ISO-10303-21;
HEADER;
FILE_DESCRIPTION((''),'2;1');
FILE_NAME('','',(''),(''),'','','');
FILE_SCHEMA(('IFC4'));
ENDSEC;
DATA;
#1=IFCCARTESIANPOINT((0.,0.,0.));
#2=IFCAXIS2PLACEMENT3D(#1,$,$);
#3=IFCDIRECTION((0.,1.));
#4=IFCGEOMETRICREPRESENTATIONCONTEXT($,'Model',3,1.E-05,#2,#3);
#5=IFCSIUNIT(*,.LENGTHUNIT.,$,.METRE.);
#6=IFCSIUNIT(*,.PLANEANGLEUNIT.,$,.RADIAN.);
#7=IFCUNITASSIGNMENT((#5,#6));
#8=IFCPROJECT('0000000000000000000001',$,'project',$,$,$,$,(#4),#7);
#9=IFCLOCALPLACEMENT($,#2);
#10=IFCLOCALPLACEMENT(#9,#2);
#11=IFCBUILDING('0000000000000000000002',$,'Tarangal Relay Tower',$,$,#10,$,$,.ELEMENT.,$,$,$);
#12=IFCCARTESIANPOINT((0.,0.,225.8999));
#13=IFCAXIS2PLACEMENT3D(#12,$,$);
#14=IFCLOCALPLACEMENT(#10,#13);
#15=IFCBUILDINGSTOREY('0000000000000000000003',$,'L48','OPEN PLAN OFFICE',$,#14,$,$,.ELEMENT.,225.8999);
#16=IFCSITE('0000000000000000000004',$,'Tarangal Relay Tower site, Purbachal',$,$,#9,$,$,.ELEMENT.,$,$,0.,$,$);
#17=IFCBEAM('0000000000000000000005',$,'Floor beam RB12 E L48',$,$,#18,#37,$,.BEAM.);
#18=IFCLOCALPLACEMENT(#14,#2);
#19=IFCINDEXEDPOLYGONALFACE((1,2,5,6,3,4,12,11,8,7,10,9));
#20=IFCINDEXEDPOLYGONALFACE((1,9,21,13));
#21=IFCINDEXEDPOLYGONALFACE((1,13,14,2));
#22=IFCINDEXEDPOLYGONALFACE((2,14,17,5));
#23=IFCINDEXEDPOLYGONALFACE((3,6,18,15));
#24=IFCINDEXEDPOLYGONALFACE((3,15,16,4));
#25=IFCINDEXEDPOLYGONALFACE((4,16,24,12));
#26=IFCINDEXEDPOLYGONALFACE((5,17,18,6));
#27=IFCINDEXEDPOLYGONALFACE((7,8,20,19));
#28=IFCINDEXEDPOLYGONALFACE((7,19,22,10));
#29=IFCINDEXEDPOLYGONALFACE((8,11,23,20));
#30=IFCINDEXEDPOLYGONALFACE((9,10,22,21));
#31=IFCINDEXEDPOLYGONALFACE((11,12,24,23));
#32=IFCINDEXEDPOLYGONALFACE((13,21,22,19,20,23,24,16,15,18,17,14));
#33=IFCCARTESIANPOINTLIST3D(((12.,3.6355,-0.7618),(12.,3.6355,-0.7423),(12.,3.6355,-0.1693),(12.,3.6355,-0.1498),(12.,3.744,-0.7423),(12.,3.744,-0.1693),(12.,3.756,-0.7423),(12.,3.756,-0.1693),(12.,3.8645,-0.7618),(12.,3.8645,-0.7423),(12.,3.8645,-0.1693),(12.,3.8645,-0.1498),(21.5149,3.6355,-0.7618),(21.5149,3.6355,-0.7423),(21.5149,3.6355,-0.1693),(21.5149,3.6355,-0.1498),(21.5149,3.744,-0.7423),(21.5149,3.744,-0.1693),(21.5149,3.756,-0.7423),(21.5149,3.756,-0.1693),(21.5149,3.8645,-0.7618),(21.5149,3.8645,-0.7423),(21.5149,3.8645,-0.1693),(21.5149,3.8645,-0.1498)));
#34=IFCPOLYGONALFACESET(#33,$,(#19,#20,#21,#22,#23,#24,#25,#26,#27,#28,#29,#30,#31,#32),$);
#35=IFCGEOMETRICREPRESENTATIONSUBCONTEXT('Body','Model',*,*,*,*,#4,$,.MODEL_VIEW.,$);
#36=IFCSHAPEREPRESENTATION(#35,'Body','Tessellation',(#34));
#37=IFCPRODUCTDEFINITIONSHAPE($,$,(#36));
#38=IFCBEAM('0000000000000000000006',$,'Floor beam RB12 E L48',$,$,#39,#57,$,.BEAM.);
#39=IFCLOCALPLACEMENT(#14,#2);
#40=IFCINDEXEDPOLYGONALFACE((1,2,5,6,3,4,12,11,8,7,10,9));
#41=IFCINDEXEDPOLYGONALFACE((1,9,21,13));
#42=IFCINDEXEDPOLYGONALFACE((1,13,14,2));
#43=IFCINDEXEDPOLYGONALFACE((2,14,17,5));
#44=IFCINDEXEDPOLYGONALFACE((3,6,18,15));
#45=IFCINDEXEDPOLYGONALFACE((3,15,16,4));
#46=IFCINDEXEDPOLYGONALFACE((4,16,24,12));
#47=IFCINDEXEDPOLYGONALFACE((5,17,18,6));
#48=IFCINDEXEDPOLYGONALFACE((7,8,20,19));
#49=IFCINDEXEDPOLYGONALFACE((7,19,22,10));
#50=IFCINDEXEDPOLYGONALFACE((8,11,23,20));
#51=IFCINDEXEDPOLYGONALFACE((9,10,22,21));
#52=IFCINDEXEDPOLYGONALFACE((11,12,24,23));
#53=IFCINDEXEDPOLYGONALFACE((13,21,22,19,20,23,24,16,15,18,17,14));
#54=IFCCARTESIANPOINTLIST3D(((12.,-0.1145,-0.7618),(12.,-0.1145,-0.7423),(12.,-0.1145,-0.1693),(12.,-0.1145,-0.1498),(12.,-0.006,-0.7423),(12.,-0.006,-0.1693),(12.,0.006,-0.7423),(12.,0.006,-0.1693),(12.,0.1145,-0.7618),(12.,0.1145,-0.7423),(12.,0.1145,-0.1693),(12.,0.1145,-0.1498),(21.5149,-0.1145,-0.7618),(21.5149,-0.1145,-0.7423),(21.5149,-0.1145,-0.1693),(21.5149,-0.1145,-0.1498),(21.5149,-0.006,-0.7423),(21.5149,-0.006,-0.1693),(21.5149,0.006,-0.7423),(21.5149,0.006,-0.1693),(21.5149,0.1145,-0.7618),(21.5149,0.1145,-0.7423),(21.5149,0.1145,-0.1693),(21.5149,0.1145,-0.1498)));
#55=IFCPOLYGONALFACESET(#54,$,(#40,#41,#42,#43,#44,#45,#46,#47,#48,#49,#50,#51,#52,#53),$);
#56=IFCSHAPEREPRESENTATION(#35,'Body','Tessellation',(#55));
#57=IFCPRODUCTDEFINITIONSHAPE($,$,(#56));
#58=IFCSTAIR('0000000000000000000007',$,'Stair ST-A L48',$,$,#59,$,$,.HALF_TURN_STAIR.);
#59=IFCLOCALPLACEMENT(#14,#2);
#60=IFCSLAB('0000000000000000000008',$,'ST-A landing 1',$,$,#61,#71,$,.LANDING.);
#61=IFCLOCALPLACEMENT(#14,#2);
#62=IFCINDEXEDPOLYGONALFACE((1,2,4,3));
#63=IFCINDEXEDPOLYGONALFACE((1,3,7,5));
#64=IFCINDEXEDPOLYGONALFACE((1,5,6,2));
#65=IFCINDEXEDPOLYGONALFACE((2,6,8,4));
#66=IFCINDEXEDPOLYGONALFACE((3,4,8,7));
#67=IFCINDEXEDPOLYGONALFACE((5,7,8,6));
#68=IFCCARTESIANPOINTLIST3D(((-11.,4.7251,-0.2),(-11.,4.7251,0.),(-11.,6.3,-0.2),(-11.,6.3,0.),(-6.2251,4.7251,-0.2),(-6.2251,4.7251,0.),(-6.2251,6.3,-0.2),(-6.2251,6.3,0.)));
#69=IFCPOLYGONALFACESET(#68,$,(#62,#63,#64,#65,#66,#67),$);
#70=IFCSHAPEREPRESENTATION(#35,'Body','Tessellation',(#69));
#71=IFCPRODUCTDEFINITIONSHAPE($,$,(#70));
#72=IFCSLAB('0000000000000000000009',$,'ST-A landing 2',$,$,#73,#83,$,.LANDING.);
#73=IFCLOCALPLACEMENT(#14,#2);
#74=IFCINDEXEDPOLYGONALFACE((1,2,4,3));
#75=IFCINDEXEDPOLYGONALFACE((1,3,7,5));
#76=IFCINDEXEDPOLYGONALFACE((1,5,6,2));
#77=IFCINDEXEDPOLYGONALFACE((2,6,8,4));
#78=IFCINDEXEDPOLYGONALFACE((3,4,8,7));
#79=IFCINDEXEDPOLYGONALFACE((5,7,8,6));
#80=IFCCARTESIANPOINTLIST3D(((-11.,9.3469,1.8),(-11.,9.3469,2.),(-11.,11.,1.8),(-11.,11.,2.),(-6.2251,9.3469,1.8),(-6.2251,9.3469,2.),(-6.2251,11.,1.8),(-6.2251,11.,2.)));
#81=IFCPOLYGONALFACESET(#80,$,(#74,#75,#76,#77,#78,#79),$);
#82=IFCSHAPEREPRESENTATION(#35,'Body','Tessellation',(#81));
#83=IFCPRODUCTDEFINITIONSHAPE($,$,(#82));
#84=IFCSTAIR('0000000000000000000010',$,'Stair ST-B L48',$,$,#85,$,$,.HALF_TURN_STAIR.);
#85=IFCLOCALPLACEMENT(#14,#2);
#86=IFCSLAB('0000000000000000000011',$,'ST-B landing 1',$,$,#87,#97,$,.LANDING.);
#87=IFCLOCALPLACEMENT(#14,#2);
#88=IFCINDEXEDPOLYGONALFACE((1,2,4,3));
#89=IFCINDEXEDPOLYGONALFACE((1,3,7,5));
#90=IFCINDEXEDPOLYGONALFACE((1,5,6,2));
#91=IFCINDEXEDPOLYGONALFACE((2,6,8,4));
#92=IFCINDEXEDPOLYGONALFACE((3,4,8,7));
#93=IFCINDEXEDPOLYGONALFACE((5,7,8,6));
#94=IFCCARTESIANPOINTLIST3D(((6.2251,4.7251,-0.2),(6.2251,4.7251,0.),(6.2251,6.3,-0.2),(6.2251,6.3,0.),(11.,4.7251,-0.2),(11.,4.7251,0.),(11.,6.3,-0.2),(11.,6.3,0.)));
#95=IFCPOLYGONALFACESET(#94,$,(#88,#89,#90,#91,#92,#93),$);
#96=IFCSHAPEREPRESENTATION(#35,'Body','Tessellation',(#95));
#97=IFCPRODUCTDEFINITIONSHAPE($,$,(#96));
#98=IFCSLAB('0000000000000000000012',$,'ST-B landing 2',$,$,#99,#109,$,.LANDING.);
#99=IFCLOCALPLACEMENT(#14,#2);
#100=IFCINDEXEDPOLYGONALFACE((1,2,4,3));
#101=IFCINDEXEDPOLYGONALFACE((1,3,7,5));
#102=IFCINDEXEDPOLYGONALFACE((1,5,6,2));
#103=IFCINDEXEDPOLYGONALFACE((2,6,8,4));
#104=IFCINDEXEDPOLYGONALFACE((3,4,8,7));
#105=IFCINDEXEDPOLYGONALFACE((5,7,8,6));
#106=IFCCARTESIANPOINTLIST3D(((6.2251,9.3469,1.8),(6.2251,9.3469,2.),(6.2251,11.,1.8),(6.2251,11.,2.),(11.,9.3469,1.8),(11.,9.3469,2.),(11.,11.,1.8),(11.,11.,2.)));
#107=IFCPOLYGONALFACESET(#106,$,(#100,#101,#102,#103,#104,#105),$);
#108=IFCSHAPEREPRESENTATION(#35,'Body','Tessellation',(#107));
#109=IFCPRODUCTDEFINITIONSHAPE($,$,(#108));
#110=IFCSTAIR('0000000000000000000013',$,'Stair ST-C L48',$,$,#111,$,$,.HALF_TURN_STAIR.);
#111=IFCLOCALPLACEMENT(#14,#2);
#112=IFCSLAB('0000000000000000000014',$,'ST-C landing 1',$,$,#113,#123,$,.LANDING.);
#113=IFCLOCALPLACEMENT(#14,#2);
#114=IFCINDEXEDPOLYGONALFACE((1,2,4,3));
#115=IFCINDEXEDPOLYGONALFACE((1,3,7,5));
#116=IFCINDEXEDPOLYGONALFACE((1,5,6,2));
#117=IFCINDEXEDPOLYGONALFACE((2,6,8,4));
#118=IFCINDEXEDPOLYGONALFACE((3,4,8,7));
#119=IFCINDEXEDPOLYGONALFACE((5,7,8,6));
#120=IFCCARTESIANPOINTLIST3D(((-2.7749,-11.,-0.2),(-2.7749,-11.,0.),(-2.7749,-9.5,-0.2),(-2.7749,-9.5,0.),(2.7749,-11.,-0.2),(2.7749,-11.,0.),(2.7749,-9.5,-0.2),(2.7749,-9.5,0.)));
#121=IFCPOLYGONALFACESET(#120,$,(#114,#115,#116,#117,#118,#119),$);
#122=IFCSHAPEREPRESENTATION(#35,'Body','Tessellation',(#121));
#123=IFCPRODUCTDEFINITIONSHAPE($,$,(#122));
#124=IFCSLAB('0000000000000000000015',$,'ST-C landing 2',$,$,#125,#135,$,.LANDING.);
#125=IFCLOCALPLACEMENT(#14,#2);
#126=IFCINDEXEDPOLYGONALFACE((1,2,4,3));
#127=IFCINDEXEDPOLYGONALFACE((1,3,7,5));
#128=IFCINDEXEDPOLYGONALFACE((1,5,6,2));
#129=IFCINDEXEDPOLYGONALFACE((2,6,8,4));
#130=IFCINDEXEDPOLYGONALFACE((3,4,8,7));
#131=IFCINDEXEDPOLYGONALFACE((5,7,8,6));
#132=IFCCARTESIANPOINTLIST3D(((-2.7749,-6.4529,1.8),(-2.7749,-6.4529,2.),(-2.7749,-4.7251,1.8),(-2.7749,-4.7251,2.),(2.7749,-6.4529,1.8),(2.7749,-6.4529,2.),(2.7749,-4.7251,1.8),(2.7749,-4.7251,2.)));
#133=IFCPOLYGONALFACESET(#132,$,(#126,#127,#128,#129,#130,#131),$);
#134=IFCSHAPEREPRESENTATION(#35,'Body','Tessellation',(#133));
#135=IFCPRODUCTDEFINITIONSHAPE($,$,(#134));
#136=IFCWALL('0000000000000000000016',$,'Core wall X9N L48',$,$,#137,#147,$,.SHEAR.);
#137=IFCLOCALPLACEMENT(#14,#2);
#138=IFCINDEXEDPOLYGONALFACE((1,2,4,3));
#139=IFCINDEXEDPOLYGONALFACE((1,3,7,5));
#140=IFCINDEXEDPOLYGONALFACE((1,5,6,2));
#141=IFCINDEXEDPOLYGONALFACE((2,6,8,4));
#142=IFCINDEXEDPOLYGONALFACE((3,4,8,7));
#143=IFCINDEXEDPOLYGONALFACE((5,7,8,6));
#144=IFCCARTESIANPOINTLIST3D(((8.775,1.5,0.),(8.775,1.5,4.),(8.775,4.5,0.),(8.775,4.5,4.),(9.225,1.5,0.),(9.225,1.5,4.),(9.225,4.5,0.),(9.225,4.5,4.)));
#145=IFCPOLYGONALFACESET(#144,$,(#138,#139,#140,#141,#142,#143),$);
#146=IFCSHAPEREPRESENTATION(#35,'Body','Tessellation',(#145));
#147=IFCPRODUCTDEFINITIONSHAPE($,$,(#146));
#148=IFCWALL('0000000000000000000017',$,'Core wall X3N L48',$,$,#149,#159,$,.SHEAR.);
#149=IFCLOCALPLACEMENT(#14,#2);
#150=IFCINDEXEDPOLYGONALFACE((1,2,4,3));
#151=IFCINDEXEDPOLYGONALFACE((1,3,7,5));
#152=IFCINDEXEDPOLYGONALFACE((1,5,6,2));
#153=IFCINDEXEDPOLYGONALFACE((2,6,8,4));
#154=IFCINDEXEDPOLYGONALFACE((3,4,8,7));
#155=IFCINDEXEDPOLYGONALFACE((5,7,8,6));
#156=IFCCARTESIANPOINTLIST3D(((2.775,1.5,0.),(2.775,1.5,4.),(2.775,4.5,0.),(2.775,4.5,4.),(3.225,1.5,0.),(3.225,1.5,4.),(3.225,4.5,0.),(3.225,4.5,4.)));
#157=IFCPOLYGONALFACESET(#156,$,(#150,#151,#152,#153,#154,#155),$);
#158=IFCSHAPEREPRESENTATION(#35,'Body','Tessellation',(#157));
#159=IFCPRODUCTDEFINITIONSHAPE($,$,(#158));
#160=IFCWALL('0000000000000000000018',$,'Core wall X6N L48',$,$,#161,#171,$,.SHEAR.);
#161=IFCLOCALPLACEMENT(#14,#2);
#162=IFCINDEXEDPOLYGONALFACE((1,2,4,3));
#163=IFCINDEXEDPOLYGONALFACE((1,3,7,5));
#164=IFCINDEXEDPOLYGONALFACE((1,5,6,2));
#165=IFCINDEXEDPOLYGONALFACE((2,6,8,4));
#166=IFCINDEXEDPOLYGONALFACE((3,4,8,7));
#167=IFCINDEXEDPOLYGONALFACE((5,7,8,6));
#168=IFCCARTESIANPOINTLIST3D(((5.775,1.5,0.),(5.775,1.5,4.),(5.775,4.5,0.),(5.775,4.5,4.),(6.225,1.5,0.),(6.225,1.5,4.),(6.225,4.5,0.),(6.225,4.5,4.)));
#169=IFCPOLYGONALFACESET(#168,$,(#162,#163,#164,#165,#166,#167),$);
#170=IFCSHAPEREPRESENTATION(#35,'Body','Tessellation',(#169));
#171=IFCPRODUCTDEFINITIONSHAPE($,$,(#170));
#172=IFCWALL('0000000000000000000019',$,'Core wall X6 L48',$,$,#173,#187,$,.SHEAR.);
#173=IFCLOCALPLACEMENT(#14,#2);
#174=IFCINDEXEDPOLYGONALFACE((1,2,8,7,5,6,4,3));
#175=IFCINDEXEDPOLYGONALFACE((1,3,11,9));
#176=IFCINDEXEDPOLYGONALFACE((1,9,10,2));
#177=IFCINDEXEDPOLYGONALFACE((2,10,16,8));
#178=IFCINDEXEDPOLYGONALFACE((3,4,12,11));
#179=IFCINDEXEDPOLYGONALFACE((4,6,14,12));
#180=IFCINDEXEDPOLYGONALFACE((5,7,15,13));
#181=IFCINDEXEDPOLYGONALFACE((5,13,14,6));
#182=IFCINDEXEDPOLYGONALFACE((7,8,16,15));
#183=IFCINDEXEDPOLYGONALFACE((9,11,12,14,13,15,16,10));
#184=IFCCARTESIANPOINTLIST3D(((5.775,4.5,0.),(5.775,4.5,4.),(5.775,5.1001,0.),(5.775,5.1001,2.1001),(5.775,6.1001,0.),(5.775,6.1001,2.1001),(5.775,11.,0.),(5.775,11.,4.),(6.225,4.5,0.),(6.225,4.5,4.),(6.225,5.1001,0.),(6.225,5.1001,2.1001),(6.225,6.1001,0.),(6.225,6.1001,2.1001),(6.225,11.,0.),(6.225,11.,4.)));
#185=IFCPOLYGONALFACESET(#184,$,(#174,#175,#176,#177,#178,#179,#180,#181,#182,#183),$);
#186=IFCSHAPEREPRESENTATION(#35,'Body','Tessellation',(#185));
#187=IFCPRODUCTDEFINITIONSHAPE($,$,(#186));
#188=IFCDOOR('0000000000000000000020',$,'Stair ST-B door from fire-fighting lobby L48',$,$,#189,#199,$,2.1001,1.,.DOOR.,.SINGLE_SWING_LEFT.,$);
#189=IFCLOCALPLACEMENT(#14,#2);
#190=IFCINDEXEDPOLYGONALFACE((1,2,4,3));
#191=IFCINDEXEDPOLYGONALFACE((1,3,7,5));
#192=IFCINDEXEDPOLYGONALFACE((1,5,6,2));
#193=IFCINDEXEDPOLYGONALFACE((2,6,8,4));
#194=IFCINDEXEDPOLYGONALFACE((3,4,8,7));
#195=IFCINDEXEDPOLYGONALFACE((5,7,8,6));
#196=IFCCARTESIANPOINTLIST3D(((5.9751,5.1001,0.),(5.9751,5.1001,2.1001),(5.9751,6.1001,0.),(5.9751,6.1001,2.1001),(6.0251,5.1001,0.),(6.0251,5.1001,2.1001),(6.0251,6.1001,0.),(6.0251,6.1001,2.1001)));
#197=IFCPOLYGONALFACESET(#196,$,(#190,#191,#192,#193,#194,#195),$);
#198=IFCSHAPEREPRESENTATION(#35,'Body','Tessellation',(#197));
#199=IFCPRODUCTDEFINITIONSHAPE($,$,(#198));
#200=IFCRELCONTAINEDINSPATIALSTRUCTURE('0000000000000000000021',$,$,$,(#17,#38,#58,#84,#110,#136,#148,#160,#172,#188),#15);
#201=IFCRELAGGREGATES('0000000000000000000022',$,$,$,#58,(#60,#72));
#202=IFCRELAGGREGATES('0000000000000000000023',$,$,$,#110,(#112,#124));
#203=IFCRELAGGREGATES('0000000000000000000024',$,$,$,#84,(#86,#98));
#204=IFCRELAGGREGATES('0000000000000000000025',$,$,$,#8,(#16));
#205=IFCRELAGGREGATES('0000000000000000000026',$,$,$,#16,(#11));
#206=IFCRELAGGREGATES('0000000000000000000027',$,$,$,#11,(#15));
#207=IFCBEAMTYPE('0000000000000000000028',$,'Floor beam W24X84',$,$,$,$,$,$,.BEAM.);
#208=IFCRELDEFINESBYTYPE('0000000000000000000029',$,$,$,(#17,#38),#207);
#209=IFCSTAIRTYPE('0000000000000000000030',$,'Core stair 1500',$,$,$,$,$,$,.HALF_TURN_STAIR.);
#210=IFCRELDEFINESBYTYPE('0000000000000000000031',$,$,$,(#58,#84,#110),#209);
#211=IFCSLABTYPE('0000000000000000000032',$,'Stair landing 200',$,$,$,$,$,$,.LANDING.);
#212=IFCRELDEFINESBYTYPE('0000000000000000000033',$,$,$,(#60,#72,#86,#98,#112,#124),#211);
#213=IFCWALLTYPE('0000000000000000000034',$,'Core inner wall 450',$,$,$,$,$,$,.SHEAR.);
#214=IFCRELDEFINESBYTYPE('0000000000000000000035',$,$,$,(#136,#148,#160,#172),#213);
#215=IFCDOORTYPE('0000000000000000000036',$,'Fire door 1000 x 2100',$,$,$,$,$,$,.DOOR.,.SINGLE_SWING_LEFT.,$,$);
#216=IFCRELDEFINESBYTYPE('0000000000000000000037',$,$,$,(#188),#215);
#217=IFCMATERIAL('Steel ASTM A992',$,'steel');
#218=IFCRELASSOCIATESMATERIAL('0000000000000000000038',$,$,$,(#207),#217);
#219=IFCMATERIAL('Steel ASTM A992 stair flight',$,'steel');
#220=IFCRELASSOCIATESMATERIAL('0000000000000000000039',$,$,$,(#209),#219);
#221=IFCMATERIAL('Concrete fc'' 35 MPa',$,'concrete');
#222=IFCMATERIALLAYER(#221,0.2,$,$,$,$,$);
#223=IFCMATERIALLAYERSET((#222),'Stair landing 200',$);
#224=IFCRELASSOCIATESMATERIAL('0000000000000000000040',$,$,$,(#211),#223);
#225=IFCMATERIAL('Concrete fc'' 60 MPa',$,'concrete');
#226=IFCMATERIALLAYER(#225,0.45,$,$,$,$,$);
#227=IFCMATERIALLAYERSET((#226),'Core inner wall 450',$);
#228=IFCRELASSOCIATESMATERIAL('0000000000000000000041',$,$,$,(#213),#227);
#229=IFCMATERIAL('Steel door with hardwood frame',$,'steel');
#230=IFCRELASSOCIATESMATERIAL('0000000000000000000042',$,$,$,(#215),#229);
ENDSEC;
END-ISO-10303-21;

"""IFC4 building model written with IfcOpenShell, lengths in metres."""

from ifc_helpers import new_model, si_unit, direction, frame, frame_2d, origin, origin_2d, place, context, subcontext, project, spatial, polyline, rectangle, i_section, outline, extrude, material, layer, layer_set, material_profile, profile_set, type_object, element, fill, aggregate, save


model = new_model("IFC4")

# Units and contexts
model_context = context("Model", 3, precision=1e-05, world=origin(), true_north=direction((0.0, 1.0)))
body_context = subcontext(model_context, "Body", "Model", "MODEL_VIEW")
ifc_project = project(units=[si_unit("LENGTHUNIT", "METRE"), si_unit("PLANEANGLEUNIT", "RADIAN")], contexts=[model_context])

# Site, building, storey
site_placement = place(None, origin())
site = spatial("IfcSite", under=ifc_project, at=site_placement, Name="Tarangal Relay Tower site, Purbachal", CompositionType="ELEMENT", RefElevation=0.0)
building_placement = place(site_placement, origin())
building = spatial("IfcBuilding", under=site, at=building_placement, Name="Tarangal Relay Tower", CompositionType="ELEMENT")
storey_placement = place(building_placement, frame((0.0, 0.0, 225.8999)))
storey = spatial("IfcBuildingStorey", under=building, at=storey_placement, Name="L48", Description="OPEN PLAN OFFICE", CompositionType="ELEMENT", Elevation=225.8999)

# Beams
ifc_material_1 = material(Name="Steel ASTM A992", Category="steel")
ifc_material_profile = material_profile(ifc_material_1, i_section(OverallWidth=0.229, OverallDepth=0.6121, WebThickness=0.012, FlangeThickness=0.0195, at=origin_2d()), Name="W24X84")
ifc_profile_set = profile_set([ifc_material_profile], Name="Steel ASTM A992")
beam_type = type_object("IfcBeamType", Name="Floor beam W24X84", PredefinedType="BEAM", material=ifc_profile_set)
for number, where, z_axis, x_axis, name in (
    (1, (12.0, 3.75, -0.4558), (1.0, 0.0, 0.0), (0.0, 1.0, 0.0), "Floor beam RB12 E L48"),
    (2, (12.0, 0.0, -0.4558), (1.0, 0.0, 0.0), (0.0, 1.0, 0.0), "Floor beam RB12 E L48"),
):
    element("IfcBeam", number, at=place(storey_placement, frame(where, z_axis=z_axis, x_axis=x_axis)), inside=storey, type_object=beam_type, Name=name, PredefinedType="BEAM", context=body_context, shape_type="SweptSolid", body=[
        extrude(i_section(OverallWidth=0.229, OverallDepth=0.6121, WebThickness=0.012, FlangeThickness=0.0195, at=origin_2d()), origin(), (0.0, 0.0, 1.0), 9.5149),
    ])

# Stairs, slabs
ifc_material_2 = material(Name="Steel ASTM A992 stair flight", Category="steel")
stair_type = type_object("IfcStairType", Name="Core stair 1500", PredefinedType="HALF_TURN_STAIR", material=ifc_material_2)
stair_1_placement = place(storey_placement, origin())
stair_1 = element("IfcStair", 3, at=stair_1_placement, inside=storey, type_object=stair_type, Name="Stair ST-A L48", PredefinedType="HALF_TURN_STAIR")
ifc_material_3 = material(Name="Concrete fc' 35 MPa", Category="concrete")
ifc_layer_1 = layer(ifc_material_3, 0.2)
ifc_layer_set_1 = layer_set([ifc_layer_1], Name="Stair landing 200")
slab_type = type_object("IfcSlabType", Name="Stair landing 200", PredefinedType="LANDING", material=ifc_layer_set_1)
slab_1_placement = place(storey_placement, frame((0.0, 0.0, -0.2)))
slab_1 = element("IfcSlab", 4, at=slab_1_placement, type_object=slab_type, Name="ST-A landing 1", PredefinedType="LANDING", context=body_context, shape_type="SweptSolid", body=[
    extrude(outline(polyline([(-11.0, 4.7251), (-6.2251, 4.7251), (-6.2251, 6.3), (-11.0, 6.3), (-11.0, 4.7251)])), origin(), (0.0, 0.0, 1.0), 0.2),
])
slab_2_placement = place(storey_placement, frame((0.0, 0.0, 1.8)))
slab_2 = element("IfcSlab", 5, at=slab_2_placement, type_object=slab_type, Name="ST-A landing 2", PredefinedType="LANDING", context=body_context, shape_type="SweptSolid", body=[
    extrude(outline(polyline([(-11.0, 9.3469), (-6.2251, 9.3469), (-6.2251, 11.0), (-11.0, 11.0), (-11.0, 9.3469)])), origin(), (0.0, 0.0, 1.0), 0.2),
])
aggregate(stair_1, [slab_1, slab_2])
stair_2_placement = place(storey_placement, origin())
stair_2 = element("IfcStair", 6, at=stair_2_placement, inside=storey, type_object=stair_type, Name="Stair ST-B L48", PredefinedType="HALF_TURN_STAIR")
slab_3_placement = place(storey_placement, frame((0.0, 0.0, -0.2)))
slab_3 = element("IfcSlab", 7, at=slab_3_placement, type_object=slab_type, Name="ST-B landing 1", PredefinedType="LANDING", context=body_context, shape_type="SweptSolid", body=[
    extrude(outline(polyline([(6.2251, 4.7251), (11.0, 4.7251), (11.0, 6.3), (6.2251, 6.3), (6.2251, 4.7251)])), origin(), (0.0, 0.0, 1.0), 0.2),
])
slab_4_placement = place(storey_placement, frame((0.0, 0.0, 1.8)))
slab_4 = element("IfcSlab", 8, at=slab_4_placement, type_object=slab_type, Name="ST-B landing 2", PredefinedType="LANDING", context=body_context, shape_type="SweptSolid", body=[
    extrude(outline(polyline([(6.2251, 9.3469), (11.0, 9.3469), (11.0, 11.0), (6.2251, 11.0), (6.2251, 9.3469)])), origin(), (0.0, 0.0, 1.0), 0.2),
])
stair_3_placement = place(storey_placement, origin())
stair_3 = element("IfcStair", 9, at=stair_3_placement, inside=storey, type_object=stair_type, Name="Stair ST-C L48", PredefinedType="HALF_TURN_STAIR")
slab_5_placement = place(storey_placement, frame((0.0, 0.0, -0.2)))
slab_5 = element("IfcSlab", 10, at=slab_5_placement, type_object=slab_type, Name="ST-C landing 1", PredefinedType="LANDING", context=body_context, shape_type="SweptSolid", body=[
    extrude(outline(polyline([(-2.7749, -11.0), (2.7749, -11.0), (2.7749, -9.5), (-2.7749, -9.5), (-2.7749, -11.0)])), origin(), (0.0, 0.0, 1.0), 0.2),
])
slab_6_placement = place(storey_placement, frame((0.0, 0.0, 1.8)))
slab_6 = element("IfcSlab", 11, at=slab_6_placement, type_object=slab_type, Name="ST-C landing 2", PredefinedType="LANDING", context=body_context, shape_type="SweptSolid", body=[
    extrude(outline(polyline([(-2.7749, -6.4529), (2.7749, -6.4529), (2.7749, -4.7251), (-2.7749, -4.7251), (-2.7749, -6.4529)])), origin(), (0.0, 0.0, 1.0), 0.2),
])
aggregate(stair_3, [slab_5, slab_6])

# Walls
ifc_material_4 = material(Name="Concrete fc' 60 MPa", Category="concrete")
ifc_layer_2 = layer(ifc_material_4, 0.45)
ifc_layer_set_2 = layer_set([ifc_layer_2], Name="Core inner wall 450")
wall_type_1 = type_object("IfcWallType", Name="Core inner wall 450", PredefinedType="SHEAR", material=ifc_layer_set_2)
for number, where, z_axis, x_axis, name in (
    (12, (9.0, 1.5, 0.0), (0.0, 0.0, 1.0), (0.0, 1.0, 0.0), "Core wall X9N L48"),
    (13, (3.0, 1.5, 0.0), (0.0, 0.0, 1.0), (0.0, 1.0, 0.0), "Core wall X3N L48"),
    (14, (6.0, 1.5, 0.0), (0.0, 0.0, 1.0), (0.0, 1.0, 0.0), "Core wall X6N L48"),
):
    element("IfcWall", number, at=place(storey_placement, frame(where, z_axis=z_axis, x_axis=x_axis)), inside=storey, type_object=wall_type_1, Name=name, PredefinedType="SHEAR", context=body_context, shape_type="SweptSolid", body=[
        extrude(rectangle(XDim=3.0, YDim=0.45, at=frame_2d((1.5, 0.0))), origin(), (0.0, 0.0, 1.0), 4.0),
    ])

# Wall, opening, door
wall_1_placement = place(storey_placement, frame((6.0, 4.5, 0.0), z_axis=(0.0, 0.0, 1.0), x_axis=(0.0, 1.0, 0.0)))
wall_1 = element("IfcWall", 15, at=wall_1_placement, inside=storey, type_object=wall_type_1, Name="Core wall X6 L48", PredefinedType="SHEAR", context=body_context, shape_type="SweptSolid", body=[
    extrude(rectangle(XDim=6.5, YDim=0.45, at=frame_2d((3.25, 0.0))), origin(), (0.0, 0.0, 1.0), 4.0),
])
opening_1_placement = place(wall_1_placement, frame((0.6001, 0.0, 0.0)))
opening_1 = element("IfcOpeningElement", 16, at=opening_1_placement, cuts=wall_1, PredefinedType="OPENING", context=body_context, shape_type="SweptSolid", body=[
    extrude(rectangle(XDim=1.0, YDim=2.1001, at=frame_2d((0.5, 1.05))), frame((0.0, 0.2349, 0.0), z_axis=(0.0, -1.0, 0.0), x_axis=(1.0, 0.0, 0.0)), (0.0, 0.0, 1.0), 0.47),
])
ifc_material_5 = material(Name="Steel door with hardwood frame", Category="steel")
door_type_1 = type_object("IfcDoorType", Name="Fire door 1000 x 2100", OperationType="SINGLE_SWING_LEFT", PredefinedType="DOOR", material=ifc_material_5)
door_1_placement = place(opening_1_placement, origin())
door_1 = element("IfcDoor", 17, at=door_1_placement, inside=storey, type_object=door_type_1, Name="Stair ST-B door from fire-fighting lobby L48", OperationType="SINGLE_SWING_LEFT", OverallHeight=2.1001, OverallWidth=1.0, PredefinedType="DOOR", context=body_context, shape_type="SweptSolid", body=[
    extrude(rectangle(XDim=1.0, YDim=2.1001, at=frame_2d((0.5, 1.05))), frame((0.0, 0.0249, 0.0), z_axis=(0.0, -1.0, 0.0), x_axis=(1.0, 0.0, 0.0)), (0.0, 0.0, 1.0), 0.05),
])
fill(opening_1, door_1)

aggregate(stair_2, [slab_3, slab_4])

save(model, "model.ifc")
